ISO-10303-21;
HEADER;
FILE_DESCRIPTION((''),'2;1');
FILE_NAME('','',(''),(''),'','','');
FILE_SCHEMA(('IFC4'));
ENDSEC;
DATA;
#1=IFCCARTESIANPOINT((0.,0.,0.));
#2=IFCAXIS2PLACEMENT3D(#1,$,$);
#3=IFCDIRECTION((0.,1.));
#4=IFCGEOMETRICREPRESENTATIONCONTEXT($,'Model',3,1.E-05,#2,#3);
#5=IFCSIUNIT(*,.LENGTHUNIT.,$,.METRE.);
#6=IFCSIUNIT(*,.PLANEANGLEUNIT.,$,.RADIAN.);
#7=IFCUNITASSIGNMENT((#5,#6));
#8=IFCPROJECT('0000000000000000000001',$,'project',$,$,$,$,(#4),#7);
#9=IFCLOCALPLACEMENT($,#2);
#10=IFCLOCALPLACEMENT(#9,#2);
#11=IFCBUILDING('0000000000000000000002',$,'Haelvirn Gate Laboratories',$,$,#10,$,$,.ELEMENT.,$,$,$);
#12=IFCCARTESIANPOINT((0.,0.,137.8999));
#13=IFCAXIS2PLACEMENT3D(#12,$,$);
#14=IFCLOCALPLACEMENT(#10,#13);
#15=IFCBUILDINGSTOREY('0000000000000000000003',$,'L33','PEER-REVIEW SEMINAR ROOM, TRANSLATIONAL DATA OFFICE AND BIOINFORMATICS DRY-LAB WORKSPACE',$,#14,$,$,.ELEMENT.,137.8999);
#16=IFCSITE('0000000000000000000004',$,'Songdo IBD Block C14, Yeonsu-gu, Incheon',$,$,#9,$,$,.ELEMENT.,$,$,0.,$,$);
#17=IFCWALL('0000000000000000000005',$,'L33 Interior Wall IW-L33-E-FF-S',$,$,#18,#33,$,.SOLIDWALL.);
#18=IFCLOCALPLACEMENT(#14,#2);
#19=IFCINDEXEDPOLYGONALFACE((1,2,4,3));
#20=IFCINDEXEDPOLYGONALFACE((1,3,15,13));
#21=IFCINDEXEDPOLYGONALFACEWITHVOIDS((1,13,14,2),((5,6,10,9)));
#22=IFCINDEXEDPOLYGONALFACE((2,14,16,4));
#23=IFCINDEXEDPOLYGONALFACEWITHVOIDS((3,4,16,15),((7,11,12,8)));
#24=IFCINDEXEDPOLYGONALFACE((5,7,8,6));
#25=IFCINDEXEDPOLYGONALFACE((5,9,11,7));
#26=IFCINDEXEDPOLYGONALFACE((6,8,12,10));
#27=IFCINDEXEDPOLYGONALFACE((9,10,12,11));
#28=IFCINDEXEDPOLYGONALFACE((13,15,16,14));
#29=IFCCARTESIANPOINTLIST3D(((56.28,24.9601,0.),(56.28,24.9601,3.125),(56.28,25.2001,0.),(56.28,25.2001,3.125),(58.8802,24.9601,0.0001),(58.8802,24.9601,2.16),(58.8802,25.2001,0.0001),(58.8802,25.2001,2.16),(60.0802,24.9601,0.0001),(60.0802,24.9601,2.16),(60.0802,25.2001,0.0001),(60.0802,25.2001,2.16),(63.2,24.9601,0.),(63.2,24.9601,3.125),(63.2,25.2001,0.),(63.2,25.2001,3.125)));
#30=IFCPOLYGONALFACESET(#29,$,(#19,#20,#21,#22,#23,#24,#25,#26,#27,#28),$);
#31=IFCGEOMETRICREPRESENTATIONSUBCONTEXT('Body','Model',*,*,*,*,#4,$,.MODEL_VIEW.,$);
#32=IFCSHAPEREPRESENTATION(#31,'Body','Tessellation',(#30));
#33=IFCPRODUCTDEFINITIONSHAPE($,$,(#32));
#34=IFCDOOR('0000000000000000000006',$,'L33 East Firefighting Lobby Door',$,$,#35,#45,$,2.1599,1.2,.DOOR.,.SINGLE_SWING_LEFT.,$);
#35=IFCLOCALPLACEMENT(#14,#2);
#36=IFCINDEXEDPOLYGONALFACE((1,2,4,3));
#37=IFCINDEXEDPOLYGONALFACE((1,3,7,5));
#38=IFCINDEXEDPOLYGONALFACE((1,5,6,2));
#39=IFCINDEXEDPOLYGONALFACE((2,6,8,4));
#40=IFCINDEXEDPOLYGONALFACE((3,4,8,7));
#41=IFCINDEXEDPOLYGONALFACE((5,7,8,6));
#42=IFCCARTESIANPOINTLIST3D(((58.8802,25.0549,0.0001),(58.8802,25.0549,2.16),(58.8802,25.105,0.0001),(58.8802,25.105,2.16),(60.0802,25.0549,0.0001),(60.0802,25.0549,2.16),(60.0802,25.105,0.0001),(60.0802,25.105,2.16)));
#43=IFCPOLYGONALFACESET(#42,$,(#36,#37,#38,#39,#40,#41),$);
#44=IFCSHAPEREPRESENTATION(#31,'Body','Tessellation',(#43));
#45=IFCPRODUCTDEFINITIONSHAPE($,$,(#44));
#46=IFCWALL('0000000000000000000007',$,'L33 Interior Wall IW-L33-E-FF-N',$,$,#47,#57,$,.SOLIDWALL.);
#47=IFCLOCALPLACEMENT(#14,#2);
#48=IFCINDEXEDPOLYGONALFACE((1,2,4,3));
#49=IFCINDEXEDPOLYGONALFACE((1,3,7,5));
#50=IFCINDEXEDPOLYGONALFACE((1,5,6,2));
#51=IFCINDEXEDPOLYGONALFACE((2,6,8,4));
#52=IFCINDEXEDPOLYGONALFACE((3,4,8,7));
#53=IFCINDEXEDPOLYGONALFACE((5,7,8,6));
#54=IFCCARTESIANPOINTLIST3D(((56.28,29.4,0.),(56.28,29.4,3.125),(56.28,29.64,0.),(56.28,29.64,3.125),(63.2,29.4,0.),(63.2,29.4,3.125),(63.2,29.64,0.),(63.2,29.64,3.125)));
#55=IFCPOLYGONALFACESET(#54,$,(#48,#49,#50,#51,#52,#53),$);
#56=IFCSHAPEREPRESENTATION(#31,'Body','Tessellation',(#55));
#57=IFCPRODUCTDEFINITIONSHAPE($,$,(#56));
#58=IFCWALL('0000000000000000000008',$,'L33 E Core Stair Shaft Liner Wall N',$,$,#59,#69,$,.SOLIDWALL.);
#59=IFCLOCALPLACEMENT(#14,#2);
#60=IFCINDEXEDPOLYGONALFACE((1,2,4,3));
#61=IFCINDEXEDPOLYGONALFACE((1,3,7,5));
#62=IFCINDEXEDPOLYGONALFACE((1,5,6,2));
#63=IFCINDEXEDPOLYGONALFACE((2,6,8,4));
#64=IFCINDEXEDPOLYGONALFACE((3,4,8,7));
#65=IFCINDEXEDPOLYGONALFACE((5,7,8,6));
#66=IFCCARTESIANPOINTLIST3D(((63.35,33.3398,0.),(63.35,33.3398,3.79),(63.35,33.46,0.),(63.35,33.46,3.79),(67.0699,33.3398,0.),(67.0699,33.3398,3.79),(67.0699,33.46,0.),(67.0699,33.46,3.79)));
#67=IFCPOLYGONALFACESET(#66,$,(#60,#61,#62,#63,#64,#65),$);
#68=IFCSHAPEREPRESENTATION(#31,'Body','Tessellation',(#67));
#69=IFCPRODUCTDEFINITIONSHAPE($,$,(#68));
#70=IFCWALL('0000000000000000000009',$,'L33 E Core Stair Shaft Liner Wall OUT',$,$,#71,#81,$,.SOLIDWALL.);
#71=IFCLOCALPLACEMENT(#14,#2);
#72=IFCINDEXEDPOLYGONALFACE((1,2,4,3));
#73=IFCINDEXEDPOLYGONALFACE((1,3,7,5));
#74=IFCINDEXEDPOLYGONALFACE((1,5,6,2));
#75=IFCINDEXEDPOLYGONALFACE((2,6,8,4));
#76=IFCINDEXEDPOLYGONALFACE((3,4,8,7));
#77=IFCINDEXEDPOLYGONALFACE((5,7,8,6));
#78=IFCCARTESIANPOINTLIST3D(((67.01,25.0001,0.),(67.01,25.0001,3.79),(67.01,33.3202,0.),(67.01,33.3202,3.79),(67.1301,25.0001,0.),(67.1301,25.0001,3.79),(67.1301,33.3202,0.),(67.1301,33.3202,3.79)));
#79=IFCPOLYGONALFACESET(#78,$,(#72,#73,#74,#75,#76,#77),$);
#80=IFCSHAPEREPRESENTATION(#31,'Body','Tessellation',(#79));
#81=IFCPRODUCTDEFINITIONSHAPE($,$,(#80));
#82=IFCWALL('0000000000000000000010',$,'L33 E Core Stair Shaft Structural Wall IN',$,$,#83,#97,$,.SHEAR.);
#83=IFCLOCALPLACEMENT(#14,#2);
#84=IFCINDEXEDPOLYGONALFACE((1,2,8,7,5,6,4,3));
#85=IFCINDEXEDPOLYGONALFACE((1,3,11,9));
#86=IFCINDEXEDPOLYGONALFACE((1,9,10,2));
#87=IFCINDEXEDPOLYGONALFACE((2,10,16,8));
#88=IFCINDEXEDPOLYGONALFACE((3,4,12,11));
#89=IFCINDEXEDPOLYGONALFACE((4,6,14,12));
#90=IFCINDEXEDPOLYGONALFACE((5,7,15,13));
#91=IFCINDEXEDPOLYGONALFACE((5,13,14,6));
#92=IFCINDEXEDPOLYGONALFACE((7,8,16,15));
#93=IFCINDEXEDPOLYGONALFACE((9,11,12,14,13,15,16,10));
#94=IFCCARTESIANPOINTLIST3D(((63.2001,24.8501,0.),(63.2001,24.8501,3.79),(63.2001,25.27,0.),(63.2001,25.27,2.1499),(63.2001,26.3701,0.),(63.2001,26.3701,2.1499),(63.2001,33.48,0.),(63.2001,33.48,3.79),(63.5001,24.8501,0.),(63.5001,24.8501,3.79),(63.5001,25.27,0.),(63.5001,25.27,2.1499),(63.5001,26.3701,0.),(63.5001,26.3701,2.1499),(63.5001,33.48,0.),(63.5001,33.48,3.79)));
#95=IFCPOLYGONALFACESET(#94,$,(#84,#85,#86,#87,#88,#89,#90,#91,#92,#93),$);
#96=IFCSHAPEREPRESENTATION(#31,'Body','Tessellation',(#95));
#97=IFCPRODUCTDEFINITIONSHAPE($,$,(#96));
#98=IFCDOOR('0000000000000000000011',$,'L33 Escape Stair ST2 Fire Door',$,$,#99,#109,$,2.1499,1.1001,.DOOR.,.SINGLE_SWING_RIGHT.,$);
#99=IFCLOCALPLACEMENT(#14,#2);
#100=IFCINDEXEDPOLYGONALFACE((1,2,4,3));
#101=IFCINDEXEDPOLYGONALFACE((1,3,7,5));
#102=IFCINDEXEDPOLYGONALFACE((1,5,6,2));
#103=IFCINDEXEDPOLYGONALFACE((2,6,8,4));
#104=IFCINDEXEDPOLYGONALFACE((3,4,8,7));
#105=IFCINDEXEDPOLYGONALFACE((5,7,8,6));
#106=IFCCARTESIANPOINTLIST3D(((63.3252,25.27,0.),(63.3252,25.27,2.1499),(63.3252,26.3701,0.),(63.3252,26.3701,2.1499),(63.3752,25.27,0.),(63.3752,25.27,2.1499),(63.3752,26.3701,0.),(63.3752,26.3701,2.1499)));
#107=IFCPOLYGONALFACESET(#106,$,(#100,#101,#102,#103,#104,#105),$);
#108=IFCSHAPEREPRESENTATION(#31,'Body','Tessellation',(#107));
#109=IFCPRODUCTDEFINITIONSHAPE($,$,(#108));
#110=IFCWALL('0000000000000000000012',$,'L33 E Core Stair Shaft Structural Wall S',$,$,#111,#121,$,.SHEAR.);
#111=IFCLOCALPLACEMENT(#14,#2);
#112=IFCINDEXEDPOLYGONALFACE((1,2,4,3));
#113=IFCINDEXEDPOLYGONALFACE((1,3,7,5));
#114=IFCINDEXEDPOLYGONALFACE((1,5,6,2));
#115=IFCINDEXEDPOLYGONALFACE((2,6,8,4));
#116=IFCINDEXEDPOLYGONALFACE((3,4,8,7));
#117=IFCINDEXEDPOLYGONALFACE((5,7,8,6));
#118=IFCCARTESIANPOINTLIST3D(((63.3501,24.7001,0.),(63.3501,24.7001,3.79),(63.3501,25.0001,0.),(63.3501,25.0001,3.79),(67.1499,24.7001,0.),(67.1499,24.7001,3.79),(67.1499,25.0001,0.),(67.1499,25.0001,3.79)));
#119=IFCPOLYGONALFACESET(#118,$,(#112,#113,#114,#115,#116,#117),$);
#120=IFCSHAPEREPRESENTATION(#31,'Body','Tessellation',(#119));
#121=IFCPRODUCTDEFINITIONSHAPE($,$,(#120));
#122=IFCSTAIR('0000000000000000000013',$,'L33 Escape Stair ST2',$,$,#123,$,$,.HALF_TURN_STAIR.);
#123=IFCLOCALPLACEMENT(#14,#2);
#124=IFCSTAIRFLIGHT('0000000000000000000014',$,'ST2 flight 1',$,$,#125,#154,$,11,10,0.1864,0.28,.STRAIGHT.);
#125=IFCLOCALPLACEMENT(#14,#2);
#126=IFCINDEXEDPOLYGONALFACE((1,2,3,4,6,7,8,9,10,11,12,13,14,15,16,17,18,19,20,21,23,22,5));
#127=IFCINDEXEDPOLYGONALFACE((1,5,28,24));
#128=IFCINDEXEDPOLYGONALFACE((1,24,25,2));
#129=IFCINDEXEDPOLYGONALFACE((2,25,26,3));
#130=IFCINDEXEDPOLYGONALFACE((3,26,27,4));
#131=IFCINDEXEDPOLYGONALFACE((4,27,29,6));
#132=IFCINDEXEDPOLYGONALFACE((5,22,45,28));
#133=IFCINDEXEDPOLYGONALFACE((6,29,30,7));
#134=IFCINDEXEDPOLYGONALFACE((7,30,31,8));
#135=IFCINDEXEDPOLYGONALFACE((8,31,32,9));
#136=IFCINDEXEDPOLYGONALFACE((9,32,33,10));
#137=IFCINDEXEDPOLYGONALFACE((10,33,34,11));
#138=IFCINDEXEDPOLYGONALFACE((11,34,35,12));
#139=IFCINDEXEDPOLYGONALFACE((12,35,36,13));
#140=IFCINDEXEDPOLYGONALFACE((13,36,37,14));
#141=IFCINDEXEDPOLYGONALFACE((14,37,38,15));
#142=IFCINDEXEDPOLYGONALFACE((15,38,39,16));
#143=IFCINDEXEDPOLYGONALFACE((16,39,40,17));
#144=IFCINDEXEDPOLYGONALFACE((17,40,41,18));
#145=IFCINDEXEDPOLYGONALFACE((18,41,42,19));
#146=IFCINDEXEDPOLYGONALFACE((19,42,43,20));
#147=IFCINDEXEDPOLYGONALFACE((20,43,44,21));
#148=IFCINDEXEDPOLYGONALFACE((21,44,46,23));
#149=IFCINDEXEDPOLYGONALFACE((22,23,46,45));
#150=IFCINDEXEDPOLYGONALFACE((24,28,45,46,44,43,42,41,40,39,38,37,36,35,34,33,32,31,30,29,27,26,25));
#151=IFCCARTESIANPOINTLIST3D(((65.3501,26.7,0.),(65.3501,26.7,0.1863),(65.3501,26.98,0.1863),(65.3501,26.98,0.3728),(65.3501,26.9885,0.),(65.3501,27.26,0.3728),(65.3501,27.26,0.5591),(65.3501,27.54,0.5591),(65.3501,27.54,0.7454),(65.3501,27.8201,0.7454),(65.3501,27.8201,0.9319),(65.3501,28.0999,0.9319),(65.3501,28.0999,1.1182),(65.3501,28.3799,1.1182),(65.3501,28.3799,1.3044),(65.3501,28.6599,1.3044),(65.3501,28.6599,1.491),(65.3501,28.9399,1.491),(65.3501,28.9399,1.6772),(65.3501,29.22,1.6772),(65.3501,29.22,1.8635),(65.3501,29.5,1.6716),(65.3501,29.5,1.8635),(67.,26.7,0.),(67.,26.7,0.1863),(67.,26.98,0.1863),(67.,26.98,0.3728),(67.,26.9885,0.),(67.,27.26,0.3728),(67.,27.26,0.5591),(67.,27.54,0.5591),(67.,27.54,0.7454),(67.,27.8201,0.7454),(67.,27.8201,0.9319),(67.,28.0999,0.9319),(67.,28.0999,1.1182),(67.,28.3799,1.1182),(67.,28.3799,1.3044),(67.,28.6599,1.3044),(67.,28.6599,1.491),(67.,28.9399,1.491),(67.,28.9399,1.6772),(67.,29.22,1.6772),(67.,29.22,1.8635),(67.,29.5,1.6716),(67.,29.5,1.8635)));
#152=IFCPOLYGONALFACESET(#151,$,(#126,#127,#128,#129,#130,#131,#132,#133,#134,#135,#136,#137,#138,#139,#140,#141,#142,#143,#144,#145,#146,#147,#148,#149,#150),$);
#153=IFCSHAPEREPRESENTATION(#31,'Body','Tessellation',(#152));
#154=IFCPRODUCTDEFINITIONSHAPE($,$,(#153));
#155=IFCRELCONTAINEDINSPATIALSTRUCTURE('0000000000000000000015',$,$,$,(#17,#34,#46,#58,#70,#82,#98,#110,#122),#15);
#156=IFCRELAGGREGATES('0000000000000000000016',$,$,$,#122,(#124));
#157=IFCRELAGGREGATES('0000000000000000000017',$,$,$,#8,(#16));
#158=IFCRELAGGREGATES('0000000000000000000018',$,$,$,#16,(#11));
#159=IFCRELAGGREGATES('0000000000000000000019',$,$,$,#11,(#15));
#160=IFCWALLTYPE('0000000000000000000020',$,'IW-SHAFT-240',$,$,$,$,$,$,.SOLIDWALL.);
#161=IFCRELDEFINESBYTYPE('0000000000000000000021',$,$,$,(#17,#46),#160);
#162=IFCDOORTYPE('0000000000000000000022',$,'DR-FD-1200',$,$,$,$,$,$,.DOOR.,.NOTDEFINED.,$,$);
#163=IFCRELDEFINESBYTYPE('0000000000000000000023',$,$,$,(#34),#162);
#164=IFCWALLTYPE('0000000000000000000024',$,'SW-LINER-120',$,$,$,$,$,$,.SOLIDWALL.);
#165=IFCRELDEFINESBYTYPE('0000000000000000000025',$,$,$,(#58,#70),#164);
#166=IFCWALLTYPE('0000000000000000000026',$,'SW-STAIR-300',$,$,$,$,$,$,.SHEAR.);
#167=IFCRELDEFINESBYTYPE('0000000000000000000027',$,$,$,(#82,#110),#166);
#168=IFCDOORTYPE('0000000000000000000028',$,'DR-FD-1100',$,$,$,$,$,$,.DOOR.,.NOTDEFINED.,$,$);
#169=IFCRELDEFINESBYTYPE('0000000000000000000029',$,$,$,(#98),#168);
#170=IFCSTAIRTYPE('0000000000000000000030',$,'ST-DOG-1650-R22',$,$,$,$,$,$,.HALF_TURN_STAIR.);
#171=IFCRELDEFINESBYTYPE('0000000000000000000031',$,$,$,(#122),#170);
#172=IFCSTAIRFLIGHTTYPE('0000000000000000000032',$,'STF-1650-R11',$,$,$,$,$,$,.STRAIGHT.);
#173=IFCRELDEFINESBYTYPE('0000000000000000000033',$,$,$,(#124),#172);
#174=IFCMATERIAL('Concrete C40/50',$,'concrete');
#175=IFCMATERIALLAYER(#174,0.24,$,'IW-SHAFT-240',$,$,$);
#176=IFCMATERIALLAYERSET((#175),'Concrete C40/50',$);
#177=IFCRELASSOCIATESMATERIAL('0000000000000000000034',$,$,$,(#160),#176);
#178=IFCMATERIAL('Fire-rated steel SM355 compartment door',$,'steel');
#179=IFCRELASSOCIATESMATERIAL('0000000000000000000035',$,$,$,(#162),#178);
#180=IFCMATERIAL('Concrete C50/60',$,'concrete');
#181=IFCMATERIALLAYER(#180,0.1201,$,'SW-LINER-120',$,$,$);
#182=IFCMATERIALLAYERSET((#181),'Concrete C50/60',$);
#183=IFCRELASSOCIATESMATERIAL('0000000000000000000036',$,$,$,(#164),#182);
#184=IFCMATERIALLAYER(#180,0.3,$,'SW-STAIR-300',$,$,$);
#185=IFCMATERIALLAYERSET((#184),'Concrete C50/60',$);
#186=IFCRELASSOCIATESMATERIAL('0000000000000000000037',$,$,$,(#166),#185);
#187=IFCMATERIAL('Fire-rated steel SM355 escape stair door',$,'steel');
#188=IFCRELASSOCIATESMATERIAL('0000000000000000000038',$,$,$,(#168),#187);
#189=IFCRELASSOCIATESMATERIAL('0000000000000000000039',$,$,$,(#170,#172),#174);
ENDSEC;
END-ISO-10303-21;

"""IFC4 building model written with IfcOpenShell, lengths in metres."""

from ifc_helpers import new_model, si_unit, direction, frame, frame_2d, origin, place, context, subcontext, project, spatial, polyline, rectangle, outline, extrude, source, transform, mapped, material, layer, layer_set, type_object, type_shapes, element, fill, aggregate, save


model = new_model("IFC4")

# Units and contexts
model_context = context("Model", 3, precision=1e-05, world=origin(), true_north=direction((0.0, 1.0)))
body_context = subcontext(model_context, "Body", "Model", "MODEL_VIEW")
ifc_project = project(units=[si_unit("LENGTHUNIT", "METRE"), si_unit("PLANEANGLEUNIT", "RADIAN")], contexts=[model_context])

# Site, building, storey
site_placement = place(None, origin())
site = spatial("IfcSite", under=ifc_project, at=site_placement, Name="Songdo IBD Block C14, Yeonsu-gu, Incheon", CompositionType="ELEMENT", RefElevation=0.0)
building_placement = place(site_placement, origin())
building = spatial("IfcBuilding", under=site, at=building_placement, Name="Haelvirn Gate Laboratories", CompositionType="ELEMENT")
storey_placement = place(building_placement, frame((0.0, 0.0, 137.8999)))
storey = spatial("IfcBuildingStorey", under=building, at=storey_placement, Name="L33", Description="PEER-REVIEW SEMINAR ROOM, TRANSLATIONAL DATA OFFICE AND BIOINFORMATICS DRY-LAB WORKSPACE", CompositionType="ELEMENT", Elevation=137.8999)

# Wall, opening, door
ifc_material_1 = material(Name="Concrete C40/50", Category="concrete")
ifc_layer_1 = layer(ifc_material_1, 0.24, Name="IW-SHAFT-240")
ifc_layer_set_1 = layer_set([ifc_layer_1], Name="Concrete C40/50")
wall_type_1 = type_object("IfcWallType", Name="IW-SHAFT-240", PredefinedType="SOLIDWALL", material=ifc_layer_set_1)
wall_1_placement = place(storey_placement, frame((56.28, 25.0801, 0.0), z_axis=(0.0, 0.0, 1.0), x_axis=(1.0, 0.0, 0.0)))
wall_1 = element("IfcWall", 1, at=wall_1_placement, inside=storey, type_object=wall_type_1, Name="L33 Interior Wall IW-L33-E-FF-S", PredefinedType="SOLIDWALL", context=body_context, shape_type="SweptSolid", body=[
    extrude(rectangle(XDim=6.9199, YDim=0.24, at=frame_2d((3.46, 0.0))), origin(), (0.0, 0.0, 1.0), 3.125),
])
opening_1_placement = place(wall_1_placement, frame((2.6001, 0.0, 0.0)))
opening_1 = element("IfcOpeningElement", 2, at=opening_1_placement, cuts=wall_1, PredefinedType="OPENING", context=body_context, shape_type="SweptSolid", body=[
    extrude(rectangle(XDim=1.2, YDim=2.1599, at=frame_2d((0.6001, 1.0801))), frame((0.0, 0.1299, 0.0), z_axis=(0.0, -1.0, 0.0), x_axis=(1.0, 0.0, 0.0)), (0.0, 0.0, 1.0), 0.26),
])
ifc_material_2 = material(Name="Fire-rated steel SM355 compartment door", Category="steel")
door_type_1 = type_object("IfcDoorType", Name="DR-FD-1200", OperationType="NOTDEFINED", PredefinedType="DOOR", material=ifc_material_2)
shared_shape_1 = source(origin(), body_context, "Body", "SweptSolid", [
    extrude(rectangle(XDim=1.2, YDim=2.1599, at=frame_2d((0.6001, 1.0801))), frame((0.0, 0.0249, 0.0), z_axis=(0.0, -1.0, 0.0), x_axis=(1.0, 0.0, 0.0)), (0.0, 0.0, 1.0), 0.05),
])
type_shapes(door_type_1, [shared_shape_1])
door_1_placement = place(opening_1_placement, origin())
door_1 = element("IfcDoor", 3, at=door_1_placement, inside=storey, type_object=door_type_1, Name="L33 East Firefighting Lobby Door", OperationType="SINGLE_SWING_LEFT", OverallHeight=2.1599, OverallWidth=1.2, PredefinedType="DOOR", context=body_context, shape_type="MappedRepresentation", body=[
    mapped(shared_shape_1, transform((0.0, 0.0, 0.0), scale=1.0)),
])
fill(opening_1, door_1)

# Walls
wall_2_placement = place(storey_placement, frame((56.28, 29.52, 0.0), z_axis=(0.0, 0.0, 1.0), x_axis=(1.0, 0.0, 0.0)))
element("IfcWall", 4, at=wall_2_placement, inside=storey, type_object=wall_type_1, Name="L33 Interior Wall IW-L33-E-FF-N", PredefinedType="SOLIDWALL", context=body_context, shape_type="SweptSolid", body=[
    extrude(rectangle(XDim=6.9199, YDim=0.24, at=frame_2d((3.46, 0.0))), origin(), (0.0, 0.0, 1.0), 3.125),
])
ifc_material_3 = material(Name="Concrete C50/60", Category="concrete")
ifc_layer_2 = layer(ifc_material_3, 0.1201, Name="SW-LINER-120")
ifc_layer_set_2 = layer_set([ifc_layer_2], Name="Concrete C50/60")
wall_type_2 = type_object("IfcWallType", Name="SW-LINER-120", PredefinedType="SOLIDWALL", material=ifc_layer_set_2)
wall_3_placement = place(storey_placement, frame((63.3501, 33.3999, 0.0), z_axis=(0.0, 0.0, 1.0), x_axis=(1.0, 0.0, 0.0)))
element("IfcWall", 5, at=wall_3_placement, inside=storey, type_object=wall_type_2, Name="L33 E Core Stair Shaft Liner Wall N", PredefinedType="SOLIDWALL", context=body_context, shape_type="SweptSolid", body=[
    extrude(rectangle(XDim=3.72, YDim=0.1201, at=frame_2d((1.8599, 0.0))), origin(), (0.0, 0.0, 1.0), 3.79),
])
wall_4_placement = place(storey_placement, frame((67.0701, 25.0, 0.0), z_axis=(0.0, 0.0, 1.0), x_axis=(0.0, 1.0, 0.0)))
element("IfcWall", 6, at=wall_4_placement, inside=storey, type_object=wall_type_2, Name="L33 E Core Stair Shaft Liner Wall OUT", PredefinedType="SOLIDWALL", context=body_context, shape_type="SweptSolid", body=[
    extrude(rectangle(XDim=8.3201, YDim=0.1201, at=frame_2d((4.1602, 0.0))), origin(), (0.0, 0.0, 1.0), 3.79),
])

# Wall, opening, door
ifc_layer_3 = layer(ifc_material_3, 0.3, Name="SW-STAIR-300")
ifc_layer_set_3 = layer_set([ifc_layer_3], Name="Concrete C50/60")
wall_type_3 = type_object("IfcWallType", Name="SW-STAIR-300", PredefinedType="SHEAR", material=ifc_layer_set_3)
wall_5_placement = place(storey_placement, frame((63.3501, 24.8501, 0.0), z_axis=(0.0, 0.0, 1.0), x_axis=(0.0, 1.0, 0.0)))
wall_5 = element("IfcWall", 7, at=wall_5_placement, inside=storey, type_object=wall_type_3, Name="L33 E Core Stair Shaft Structural Wall IN", PredefinedType="SHEAR", context=body_context, shape_type="SweptSolid", body=[
    extrude(rectangle(XDim=8.6299, YDim=0.3, at=frame_2d((4.3149, 0.0))), origin(), (0.0, 0.0, 1.0), 3.79),
])
opening_2_placement = place(wall_5_placement, frame((0.4199, 0.0, 0.0)))
opening_2 = element("IfcOpeningElement", 8, at=opening_2_placement, cuts=wall_5, PredefinedType="OPENING", context=body_context, shape_type="SweptSolid", body=[
    extrude(rectangle(XDim=1.1001, YDim=2.1499, at=frame_2d((0.55, 1.075))), frame((0.0, 0.1602, 0.0), z_axis=(0.0, -1.0, 0.0), x_axis=(1.0, 0.0, 0.0)), (0.0, 0.0, 1.0), 0.3201),
])
ifc_material_4 = material(Name="Fire-rated steel SM355 escape stair door", Category="steel")
door_type_2 = type_object("IfcDoorType", Name="DR-FD-1100", OperationType="NOTDEFINED", PredefinedType="DOOR", material=ifc_material_4)
shared_shape_2 = source(origin(), body_context, "Body", "SweptSolid", [
    extrude(rectangle(XDim=1.1001, YDim=2.1499, at=frame_2d((0.55, 1.075))), frame((0.0, 0.0249, 0.0), z_axis=(0.0, -1.0, 0.0), x_axis=(1.0, 0.0, 0.0)), (0.0, 0.0, 1.0), 0.05),
])
type_shapes(door_type_2, [shared_shape_2])
door_2_placement = place(opening_2_placement, origin())
door_2 = element("IfcDoor", 9, at=door_2_placement, inside=storey, type_object=door_type_2, Name="L33 Escape Stair ST2 Fire Door", OperationType="SINGLE_SWING_RIGHT", OverallHeight=2.1499, OverallWidth=1.1001, PredefinedType="DOOR", context=body_context, shape_type="MappedRepresentation", body=[
    mapped(shared_shape_2, transform((0.0, 0.0, 0.0), scale=1.0)),
])
fill(opening_2, door_2)

# Wall
wall_6_placement = place(storey_placement, frame((63.3501, 24.8501, 0.0), z_axis=(0.0, 0.0, 1.0), x_axis=(1.0, 0.0, 0.0)))
element("IfcWall", 10, at=wall_6_placement, inside=storey, type_object=wall_type_3, Name="L33 E Core Stair Shaft Structural Wall S", PredefinedType="SHEAR", context=body_context, shape_type="SweptSolid", body=[
    extrude(rectangle(XDim=3.7998, YDim=0.3, at=frame_2d((1.8999, 0.0))), origin(), (0.0, 0.0, 1.0), 3.79),
])

# Stair, stair flight
stair_type = type_object("IfcStairType", Name="ST-DOG-1650-R22", PredefinedType="HALF_TURN_STAIR", material=ifc_material_1)
stair_placement = place(storey_placement, origin())
stair = element("IfcStair", 11, at=stair_placement, inside=storey, type_object=stair_type, Name="L33 Escape Stair ST2", PredefinedType="HALF_TURN_STAIR")
stair_flight_type = type_object("IfcStairFlightType", Name="STF-1650-R11", PredefinedType="STRAIGHT", material=ifc_material_1)
shared_shape_3 = source(origin(), body_context, "Body", "SweptSolid", [
    extrude(outline(polyline([(0.0, 0.0), (0.0, 0.1863), (0.28, 0.1863), (0.28, 0.3728), (0.5601, 0.3728), (0.5601, 0.5591), (0.8401, 0.5591), (0.8401, 0.7454), (1.1201, 0.7454), (1.1201, 0.9319), (1.3999, 0.9319), (1.3999, 1.1182), (1.6799, 1.1182), (1.6799, 1.3044), (1.96, 1.3044), (1.96, 1.491), (2.24, 1.491), (2.24, 1.6772), (2.52, 1.6772), (2.52, 1.8635), (2.8, 1.8635), (2.8, 2.05), (2.8, 1.6716), (0.2886, 0.0), (0.0, 0.0)])), frame((0.0, 0.825, 0.0), z_axis=(0.0, -1.0, 0.0), x_axis=(1.0, 0.0, 0.0)), (0.0, 0.0, 1.0), 1.6499),
])
type_shapes(stair_flight_type, [shared_shape_3])
stair_flight_1_placement = place(storey_placement, frame((66.175, 26.7, 0.0), z_axis=(0.0, 0.0, 1.0), x_axis=(0.0, 1.0, 0.0)))
stair_flight_1 = element("IfcStairFlight", 12, at=stair_flight_1_placement, type_object=stair_flight_type, Name="ST2 flight 1", NumberOfRisers=11, NumberOfTreads=10, PredefinedType="STRAIGHT", RiserHeight=0.1864, TreadLength=0.28, context=body_context, shape_type="MappedRepresentation", body=[
    mapped(shared_shape_3, transform((0.0, 0.0, 0.0), scale=1.0)),
])
aggregate(stair, [stair_flight_1])

save(model, "model.ifc")
